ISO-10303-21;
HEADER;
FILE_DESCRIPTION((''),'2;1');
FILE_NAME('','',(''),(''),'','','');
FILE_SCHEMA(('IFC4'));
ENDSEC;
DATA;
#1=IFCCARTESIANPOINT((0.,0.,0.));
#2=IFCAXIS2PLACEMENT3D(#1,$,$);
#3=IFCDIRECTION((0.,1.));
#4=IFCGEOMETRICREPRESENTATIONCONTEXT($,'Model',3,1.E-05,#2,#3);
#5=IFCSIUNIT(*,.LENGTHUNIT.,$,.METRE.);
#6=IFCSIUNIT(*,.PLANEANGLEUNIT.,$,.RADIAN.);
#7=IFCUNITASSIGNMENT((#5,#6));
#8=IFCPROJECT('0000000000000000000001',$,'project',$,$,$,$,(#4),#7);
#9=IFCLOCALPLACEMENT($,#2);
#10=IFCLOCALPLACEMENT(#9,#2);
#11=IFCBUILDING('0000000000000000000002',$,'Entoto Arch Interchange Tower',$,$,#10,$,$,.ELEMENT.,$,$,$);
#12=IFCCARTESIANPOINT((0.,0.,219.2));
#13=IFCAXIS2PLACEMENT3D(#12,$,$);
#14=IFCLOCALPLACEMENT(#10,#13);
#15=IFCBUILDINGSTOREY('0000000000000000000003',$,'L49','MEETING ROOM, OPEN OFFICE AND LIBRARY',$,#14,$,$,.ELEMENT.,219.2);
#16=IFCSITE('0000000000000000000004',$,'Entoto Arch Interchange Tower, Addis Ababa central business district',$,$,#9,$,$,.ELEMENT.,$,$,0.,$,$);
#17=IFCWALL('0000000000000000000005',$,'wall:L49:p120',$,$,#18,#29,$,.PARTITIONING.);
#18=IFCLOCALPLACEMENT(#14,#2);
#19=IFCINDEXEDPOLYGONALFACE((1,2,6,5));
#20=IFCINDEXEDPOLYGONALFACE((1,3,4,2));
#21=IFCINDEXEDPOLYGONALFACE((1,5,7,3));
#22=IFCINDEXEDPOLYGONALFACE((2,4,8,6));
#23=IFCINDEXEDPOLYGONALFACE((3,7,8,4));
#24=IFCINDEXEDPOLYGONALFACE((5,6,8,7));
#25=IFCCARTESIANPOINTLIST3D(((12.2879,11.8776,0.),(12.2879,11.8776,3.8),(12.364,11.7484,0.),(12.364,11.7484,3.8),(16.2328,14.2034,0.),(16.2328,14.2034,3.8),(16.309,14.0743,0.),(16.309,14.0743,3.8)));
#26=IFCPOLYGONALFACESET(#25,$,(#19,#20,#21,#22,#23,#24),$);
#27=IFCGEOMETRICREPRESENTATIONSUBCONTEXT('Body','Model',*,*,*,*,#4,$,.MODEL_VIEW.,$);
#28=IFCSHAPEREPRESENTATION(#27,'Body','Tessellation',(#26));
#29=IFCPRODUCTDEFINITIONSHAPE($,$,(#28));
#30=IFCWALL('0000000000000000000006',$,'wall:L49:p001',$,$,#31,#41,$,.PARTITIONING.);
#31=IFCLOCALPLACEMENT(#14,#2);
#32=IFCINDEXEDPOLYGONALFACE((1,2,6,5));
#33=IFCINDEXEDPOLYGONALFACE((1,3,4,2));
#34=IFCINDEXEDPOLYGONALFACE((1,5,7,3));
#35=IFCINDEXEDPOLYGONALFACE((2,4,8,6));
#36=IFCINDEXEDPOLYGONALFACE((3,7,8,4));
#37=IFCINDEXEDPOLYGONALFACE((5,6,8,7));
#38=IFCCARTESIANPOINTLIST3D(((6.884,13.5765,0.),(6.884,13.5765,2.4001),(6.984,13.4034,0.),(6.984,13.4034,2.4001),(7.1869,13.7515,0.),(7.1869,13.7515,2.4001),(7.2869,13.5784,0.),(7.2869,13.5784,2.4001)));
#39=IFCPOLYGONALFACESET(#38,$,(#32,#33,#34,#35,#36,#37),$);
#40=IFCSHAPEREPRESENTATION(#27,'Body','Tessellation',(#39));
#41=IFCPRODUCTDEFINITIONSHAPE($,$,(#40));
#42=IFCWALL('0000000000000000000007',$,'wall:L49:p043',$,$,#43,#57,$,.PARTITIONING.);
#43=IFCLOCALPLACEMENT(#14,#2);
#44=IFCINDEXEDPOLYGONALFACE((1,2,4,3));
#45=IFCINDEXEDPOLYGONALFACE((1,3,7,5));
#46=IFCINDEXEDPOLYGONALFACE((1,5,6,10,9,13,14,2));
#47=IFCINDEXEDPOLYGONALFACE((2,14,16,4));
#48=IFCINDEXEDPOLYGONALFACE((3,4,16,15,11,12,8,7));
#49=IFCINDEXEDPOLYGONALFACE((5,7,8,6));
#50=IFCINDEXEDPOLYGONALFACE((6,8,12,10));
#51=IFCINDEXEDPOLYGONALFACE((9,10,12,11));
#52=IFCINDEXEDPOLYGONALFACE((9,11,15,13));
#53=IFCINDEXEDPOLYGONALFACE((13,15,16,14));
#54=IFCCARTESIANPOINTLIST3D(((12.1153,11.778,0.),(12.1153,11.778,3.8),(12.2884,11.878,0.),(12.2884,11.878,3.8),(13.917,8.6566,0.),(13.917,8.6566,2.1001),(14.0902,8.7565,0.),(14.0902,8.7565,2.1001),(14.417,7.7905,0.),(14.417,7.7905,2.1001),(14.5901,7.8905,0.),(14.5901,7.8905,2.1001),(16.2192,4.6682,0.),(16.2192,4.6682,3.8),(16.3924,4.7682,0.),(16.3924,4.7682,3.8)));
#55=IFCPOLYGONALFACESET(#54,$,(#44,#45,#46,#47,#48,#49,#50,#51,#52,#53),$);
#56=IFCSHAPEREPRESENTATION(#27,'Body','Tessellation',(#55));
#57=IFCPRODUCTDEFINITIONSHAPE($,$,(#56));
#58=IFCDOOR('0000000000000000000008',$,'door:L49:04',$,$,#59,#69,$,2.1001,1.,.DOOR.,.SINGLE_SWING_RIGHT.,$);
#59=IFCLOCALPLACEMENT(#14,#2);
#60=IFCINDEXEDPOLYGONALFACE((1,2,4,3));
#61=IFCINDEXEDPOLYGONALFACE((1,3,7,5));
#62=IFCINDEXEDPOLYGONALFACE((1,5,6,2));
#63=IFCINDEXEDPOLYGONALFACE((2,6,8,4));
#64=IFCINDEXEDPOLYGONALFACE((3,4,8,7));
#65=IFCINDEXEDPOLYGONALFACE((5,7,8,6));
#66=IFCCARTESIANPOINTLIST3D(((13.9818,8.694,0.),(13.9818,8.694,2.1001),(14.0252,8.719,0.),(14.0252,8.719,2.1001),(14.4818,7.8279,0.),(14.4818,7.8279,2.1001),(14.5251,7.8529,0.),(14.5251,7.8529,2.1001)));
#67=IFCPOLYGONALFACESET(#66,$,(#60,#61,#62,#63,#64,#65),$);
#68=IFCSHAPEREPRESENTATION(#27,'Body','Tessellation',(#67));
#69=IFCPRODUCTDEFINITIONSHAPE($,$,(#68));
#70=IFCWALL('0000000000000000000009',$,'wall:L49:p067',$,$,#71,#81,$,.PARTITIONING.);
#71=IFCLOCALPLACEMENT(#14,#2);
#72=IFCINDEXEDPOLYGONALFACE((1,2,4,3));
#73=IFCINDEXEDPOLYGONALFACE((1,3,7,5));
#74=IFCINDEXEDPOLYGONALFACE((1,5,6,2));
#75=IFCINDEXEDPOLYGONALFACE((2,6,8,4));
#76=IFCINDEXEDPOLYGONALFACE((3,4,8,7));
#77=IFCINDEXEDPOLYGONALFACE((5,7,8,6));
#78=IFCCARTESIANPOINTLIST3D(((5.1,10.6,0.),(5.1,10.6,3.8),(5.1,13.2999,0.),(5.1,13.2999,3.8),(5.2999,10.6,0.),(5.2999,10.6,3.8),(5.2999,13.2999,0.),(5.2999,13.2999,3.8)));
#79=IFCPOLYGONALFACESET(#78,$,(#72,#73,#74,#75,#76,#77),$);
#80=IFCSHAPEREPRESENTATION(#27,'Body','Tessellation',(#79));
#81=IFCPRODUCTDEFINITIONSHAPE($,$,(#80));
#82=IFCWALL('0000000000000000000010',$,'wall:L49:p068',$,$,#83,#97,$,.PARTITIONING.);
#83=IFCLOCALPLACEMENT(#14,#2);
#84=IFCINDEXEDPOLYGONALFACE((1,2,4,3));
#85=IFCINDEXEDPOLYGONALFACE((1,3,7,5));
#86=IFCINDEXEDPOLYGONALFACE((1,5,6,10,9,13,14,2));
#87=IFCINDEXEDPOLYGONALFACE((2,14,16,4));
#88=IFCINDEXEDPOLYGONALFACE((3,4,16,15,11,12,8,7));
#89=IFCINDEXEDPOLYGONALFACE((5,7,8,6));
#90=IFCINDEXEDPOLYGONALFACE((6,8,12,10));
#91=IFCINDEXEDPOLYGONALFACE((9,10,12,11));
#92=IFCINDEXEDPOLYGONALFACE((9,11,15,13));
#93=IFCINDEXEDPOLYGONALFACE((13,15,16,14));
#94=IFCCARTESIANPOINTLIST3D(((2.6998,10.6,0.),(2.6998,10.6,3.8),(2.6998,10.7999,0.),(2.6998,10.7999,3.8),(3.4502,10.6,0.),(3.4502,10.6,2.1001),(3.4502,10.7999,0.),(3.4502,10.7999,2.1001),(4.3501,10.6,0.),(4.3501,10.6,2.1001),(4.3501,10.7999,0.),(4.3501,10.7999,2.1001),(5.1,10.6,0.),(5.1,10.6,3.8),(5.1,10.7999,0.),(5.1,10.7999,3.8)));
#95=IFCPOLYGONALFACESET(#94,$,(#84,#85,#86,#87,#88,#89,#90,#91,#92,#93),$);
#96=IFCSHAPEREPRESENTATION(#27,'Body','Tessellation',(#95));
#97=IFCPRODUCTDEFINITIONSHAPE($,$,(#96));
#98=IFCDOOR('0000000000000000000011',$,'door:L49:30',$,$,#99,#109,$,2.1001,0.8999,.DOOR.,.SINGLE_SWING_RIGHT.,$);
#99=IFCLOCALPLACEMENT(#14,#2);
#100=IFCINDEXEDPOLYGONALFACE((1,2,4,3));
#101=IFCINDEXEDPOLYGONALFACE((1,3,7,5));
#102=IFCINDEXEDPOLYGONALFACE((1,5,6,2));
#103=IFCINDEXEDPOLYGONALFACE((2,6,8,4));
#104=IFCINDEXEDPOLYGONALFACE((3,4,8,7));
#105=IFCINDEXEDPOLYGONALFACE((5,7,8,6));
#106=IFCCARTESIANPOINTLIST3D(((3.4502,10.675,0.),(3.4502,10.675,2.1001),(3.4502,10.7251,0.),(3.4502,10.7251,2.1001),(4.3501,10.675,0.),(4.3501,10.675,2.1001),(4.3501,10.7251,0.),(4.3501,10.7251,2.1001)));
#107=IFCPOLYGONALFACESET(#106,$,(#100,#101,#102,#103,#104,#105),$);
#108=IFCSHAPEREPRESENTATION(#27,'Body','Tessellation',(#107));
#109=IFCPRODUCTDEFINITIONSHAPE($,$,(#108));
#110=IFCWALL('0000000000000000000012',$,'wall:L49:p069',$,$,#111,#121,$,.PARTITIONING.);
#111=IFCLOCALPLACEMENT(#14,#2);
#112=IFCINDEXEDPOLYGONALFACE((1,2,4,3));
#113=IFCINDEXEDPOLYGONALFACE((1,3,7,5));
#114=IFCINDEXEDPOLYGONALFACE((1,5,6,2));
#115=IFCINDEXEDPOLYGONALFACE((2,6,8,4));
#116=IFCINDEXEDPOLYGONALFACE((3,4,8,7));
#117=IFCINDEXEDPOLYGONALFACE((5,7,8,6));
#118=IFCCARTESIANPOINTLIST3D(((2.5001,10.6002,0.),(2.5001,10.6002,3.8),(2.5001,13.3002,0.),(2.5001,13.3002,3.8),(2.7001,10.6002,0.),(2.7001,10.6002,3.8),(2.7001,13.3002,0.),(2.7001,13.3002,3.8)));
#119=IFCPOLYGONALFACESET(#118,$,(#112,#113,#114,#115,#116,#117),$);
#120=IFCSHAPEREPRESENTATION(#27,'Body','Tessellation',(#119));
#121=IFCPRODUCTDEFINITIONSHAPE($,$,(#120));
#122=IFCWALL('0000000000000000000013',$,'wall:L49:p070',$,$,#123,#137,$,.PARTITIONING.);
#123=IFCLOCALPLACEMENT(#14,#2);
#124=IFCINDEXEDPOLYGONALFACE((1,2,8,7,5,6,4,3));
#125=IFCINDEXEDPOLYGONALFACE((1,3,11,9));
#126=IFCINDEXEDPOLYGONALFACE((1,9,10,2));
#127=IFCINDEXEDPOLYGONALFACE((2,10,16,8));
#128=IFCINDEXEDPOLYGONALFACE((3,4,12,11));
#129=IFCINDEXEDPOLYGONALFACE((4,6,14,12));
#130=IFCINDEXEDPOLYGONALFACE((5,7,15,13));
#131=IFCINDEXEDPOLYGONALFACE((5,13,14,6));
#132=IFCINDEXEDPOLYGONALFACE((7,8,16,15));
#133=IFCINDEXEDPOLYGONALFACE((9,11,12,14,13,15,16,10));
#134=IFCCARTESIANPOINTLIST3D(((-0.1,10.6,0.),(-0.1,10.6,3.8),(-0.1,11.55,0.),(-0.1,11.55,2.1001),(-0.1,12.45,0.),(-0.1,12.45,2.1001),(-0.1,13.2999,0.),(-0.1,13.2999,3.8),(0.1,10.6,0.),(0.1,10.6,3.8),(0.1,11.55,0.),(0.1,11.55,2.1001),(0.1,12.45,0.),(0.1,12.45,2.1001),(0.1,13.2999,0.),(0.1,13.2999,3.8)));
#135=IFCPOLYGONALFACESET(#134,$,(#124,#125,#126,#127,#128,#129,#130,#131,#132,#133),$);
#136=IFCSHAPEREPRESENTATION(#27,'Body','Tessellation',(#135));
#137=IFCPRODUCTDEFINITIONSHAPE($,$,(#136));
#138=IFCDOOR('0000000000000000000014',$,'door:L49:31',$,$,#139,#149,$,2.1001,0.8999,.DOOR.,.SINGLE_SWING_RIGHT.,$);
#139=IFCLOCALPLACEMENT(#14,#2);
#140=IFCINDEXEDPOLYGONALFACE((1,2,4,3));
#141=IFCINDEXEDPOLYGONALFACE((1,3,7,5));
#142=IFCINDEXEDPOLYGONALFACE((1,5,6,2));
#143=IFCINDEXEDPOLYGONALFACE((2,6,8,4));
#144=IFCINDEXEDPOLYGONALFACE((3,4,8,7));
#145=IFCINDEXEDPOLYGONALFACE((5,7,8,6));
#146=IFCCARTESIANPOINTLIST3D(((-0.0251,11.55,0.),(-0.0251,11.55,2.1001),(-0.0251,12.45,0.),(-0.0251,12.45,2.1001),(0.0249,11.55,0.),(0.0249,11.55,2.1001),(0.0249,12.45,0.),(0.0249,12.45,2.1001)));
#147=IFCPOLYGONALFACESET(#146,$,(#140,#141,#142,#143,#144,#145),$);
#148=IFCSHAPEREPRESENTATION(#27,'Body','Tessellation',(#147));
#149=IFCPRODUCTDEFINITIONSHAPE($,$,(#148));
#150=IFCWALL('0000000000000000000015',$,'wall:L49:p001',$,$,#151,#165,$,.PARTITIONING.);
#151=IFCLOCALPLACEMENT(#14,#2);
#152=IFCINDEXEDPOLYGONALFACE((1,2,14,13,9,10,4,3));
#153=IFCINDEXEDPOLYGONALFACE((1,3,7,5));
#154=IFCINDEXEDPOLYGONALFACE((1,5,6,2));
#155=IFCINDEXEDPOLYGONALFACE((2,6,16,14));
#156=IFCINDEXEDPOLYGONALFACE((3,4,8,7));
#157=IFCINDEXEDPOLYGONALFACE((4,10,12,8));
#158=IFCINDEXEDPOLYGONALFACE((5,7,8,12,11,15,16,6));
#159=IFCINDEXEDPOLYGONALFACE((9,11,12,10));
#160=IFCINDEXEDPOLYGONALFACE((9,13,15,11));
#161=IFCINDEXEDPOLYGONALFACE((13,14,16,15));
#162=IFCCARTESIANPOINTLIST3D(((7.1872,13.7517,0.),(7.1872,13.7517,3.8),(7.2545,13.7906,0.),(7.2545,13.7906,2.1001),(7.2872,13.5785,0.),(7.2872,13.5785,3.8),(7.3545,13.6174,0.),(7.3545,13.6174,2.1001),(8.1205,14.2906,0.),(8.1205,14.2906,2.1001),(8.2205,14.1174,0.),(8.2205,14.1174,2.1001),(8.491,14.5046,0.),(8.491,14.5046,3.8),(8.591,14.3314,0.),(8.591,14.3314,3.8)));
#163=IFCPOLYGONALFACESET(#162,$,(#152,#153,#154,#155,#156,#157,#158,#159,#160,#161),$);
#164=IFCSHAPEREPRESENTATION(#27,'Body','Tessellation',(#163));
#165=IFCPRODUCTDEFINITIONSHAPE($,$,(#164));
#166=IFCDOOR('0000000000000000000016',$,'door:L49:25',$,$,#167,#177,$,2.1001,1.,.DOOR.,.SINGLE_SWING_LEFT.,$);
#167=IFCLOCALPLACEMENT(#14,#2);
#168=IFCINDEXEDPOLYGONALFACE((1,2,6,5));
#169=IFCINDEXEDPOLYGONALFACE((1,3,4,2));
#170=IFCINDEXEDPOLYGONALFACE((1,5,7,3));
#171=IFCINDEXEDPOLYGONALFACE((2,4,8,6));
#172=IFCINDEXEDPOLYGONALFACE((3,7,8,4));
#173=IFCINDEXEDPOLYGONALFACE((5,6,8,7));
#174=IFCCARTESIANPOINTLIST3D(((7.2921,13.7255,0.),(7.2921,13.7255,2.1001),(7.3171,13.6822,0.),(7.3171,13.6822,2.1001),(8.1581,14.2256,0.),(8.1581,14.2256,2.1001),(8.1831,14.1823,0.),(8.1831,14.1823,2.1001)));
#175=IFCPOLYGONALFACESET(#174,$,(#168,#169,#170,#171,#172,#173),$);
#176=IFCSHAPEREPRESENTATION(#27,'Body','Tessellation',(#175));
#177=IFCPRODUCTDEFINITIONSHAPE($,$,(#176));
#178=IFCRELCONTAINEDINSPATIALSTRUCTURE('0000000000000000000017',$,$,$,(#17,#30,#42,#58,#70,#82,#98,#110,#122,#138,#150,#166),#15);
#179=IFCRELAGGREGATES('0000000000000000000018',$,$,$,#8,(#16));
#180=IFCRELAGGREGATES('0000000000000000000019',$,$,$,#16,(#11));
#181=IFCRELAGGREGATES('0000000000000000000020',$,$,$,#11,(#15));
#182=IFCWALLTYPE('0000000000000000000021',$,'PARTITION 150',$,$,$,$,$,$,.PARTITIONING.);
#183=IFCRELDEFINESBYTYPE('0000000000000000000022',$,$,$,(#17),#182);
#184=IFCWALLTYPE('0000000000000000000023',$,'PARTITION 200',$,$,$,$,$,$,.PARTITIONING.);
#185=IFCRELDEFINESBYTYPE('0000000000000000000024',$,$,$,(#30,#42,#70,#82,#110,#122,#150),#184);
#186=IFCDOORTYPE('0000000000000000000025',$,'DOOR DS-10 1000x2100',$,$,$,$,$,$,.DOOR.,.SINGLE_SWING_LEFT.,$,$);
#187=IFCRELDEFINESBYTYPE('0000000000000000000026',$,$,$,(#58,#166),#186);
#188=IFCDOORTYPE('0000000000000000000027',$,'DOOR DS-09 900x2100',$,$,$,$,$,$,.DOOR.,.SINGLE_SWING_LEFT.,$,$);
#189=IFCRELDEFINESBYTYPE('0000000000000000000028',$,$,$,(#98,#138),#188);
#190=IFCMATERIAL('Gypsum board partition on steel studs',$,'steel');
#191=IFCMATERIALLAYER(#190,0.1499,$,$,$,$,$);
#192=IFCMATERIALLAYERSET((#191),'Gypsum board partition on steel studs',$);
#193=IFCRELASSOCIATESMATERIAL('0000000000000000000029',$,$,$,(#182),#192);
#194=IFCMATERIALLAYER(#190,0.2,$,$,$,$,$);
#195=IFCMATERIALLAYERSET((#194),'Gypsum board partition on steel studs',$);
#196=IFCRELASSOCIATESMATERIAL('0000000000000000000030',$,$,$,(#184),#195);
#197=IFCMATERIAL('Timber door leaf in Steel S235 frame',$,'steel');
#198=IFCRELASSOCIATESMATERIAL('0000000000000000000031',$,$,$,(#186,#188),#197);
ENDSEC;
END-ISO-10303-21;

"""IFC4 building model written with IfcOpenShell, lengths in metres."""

from ifc_helpers import new_model, si_unit, direction, frame, frame_2d, origin, place, context, subcontext, project, spatial, rectangle, extrude, material, layer, layer_set, type_object, element, fill, save


model = new_model("IFC4")

# Units and contexts
model_context = context("Model", 3, precision=1e-05, world=origin(), true_north=direction((0.0, 1.0)))
body_context = subcontext(model_context, "Body", "Model", "MODEL_VIEW")
ifc_project = project(units=[si_unit("LENGTHUNIT", "METRE"), si_unit("PLANEANGLEUNIT", "RADIAN")], contexts=[model_context])

# Site, building, storey
site_placement = place(None, origin())
site = spatial("IfcSite", under=ifc_project, at=site_placement, Name="Entoto Arch Interchange Tower, Addis Ababa central business district", CompositionType="ELEMENT", RefElevation=0.0)
building_placement = place(site_placement, origin())
building = spatial("IfcBuilding", under=site, at=building_placement, Name="Entoto Arch Interchange Tower", CompositionType="ELEMENT")
storey_placement = place(building_placement, frame((0.0, 0.0, 219.2)))
storey = spatial("IfcBuildingStorey", under=building, at=storey_placement, Name="L49", Description="MEETING ROOM, OPEN OFFICE AND LIBRARY", CompositionType="ELEMENT", Elevation=219.2)

# Walls
ifc_material_1 = material(Name="Gypsum board partition on steel studs", Category="steel")
ifc_layer_1 = layer(ifc_material_1, 0.1499)
ifc_layer_set_1 = layer_set([ifc_layer_1], Name="Gypsum board partition on steel studs")
wall_type_1 = type_object("IfcWallType", Name="PARTITION 150", PredefinedType="PARTITIONING", material=ifc_layer_set_1)
wall_1_placement = place(storey_placement, frame((12.3259, 11.813, 0.0), z_axis=(0.0, 0.0, 1.0), x_axis=(0.861428, 0.50788, 0.0)))
element("IfcWall", 1, at=wall_1_placement, inside=storey, type_object=wall_type_1, Name="wall:L49:p120", PredefinedType="PARTITIONING", context=body_context, shape_type="SweptSolid", body=[
    extrude(rectangle(XDim=4.5796, YDim=0.1499, at=frame_2d((2.2898, 0.0))), origin(), (0.0, 0.0, 1.0), 3.8),
])
ifc_layer_2 = layer(ifc_material_1, 0.2)
ifc_layer_set_2 = layer_set([ifc_layer_2], Name="Gypsum board partition on steel studs")
wall_type_2 = type_object("IfcWallType", Name="PARTITION 200", PredefinedType="PARTITIONING", material=ifc_layer_set_2)
wall_2_placement = place(storey_placement, frame((6.9341, 13.49, 0.0), z_axis=(0.0, 0.0, 1.0), x_axis=(0.865872, 0.500266, 0.0)))
element("IfcWall", 2, at=wall_2_placement, inside=storey, type_object=wall_type_2, Name="wall:L49:p001", PredefinedType="PARTITIONING", context=body_context, shape_type="SweptSolid", body=[
    extrude(rectangle(XDim=0.3499, YDim=0.2, at=frame_2d((0.1748, 0.0))), origin(), (0.0, 0.0, 1.0), 2.4001),
])

# Wall, opening, door
wall_3_placement = place(storey_placement, frame((12.2019, 11.8279, 0.0), z_axis=(0.0, 0.0, 1.0), x_axis=(0.49992, -0.866072, 0.0)))
wall_3 = element("IfcWall", 3, at=wall_3_placement, inside=storey, type_object=wall_type_2, Name="wall:L49:p043", PredefinedType="PARTITIONING", context=body_context, shape_type="SweptSolid", body=[
    extrude(rectangle(XDim=8.2092, YDim=0.2, at=frame_2d((4.1045, 0.0))), origin(), (0.0, 0.0, 1.0), 3.8),
])
opening_1_placement = place(wall_3_placement, frame((3.604, 0.0, 0.0)))
opening_1 = element("IfcOpeningElement", 4, at=opening_1_placement, cuts=wall_3, PredefinedType="OPENING", context=body_context, shape_type="SweptSolid", body=[
    extrude(rectangle(XDim=1.0, YDim=2.1001, at=frame_2d((0.5, 1.05))), frame((0.0, 0.1099, 0.0), z_axis=(0.0, -1.0, 0.0), x_axis=(1.0, 0.0, 0.0)), (0.0, 0.0, 1.0), 0.22),
])
ifc_material_2 = material(Name="Timber door leaf in Steel S235 frame", Category="steel")
door_type_1 = type_object("IfcDoorType", Name="DOOR DS-10 1000x2100", OperationType="SINGLE_SWING_LEFT", PredefinedType="DOOR", material=ifc_material_2)
door_1_placement = place(opening_1_placement, origin())
door_1 = element("IfcDoor", 5, at=door_1_placement, inside=storey, type_object=door_type_1, Name="door:L49:04", OperationType="SINGLE_SWING_RIGHT", OverallHeight=2.1001, OverallWidth=1.0, PredefinedType="DOOR", context=body_context, shape_type="SweptSolid", body=[
    extrude(rectangle(XDim=1.0, YDim=2.1001, at=frame_2d((0.5, 1.05))), frame((0.0, 0.0249, 0.0), z_axis=(0.0, -1.0, 0.0), x_axis=(1.0, 0.0, 0.0)), (0.0, 0.0, 1.0), 0.05),
])
fill(opening_1, door_1)

# Wall
wall_4_placement = place(storey_placement, frame((5.2, 13.3, 0.0), z_axis=(0.0, 0.0, 1.0), x_axis=(0.0, -1.0, 0.0)))
element("IfcWall", 6, at=wall_4_placement, inside=storey, type_object=wall_type_2, Name="wall:L49:p067", PredefinedType="PARTITIONING", context=body_context, shape_type="SweptSolid", body=[
    extrude(rectangle(XDim=2.7, YDim=0.2, at=frame_2d((1.3501, 0.0))), origin(), (0.0, 0.0, 1.0), 3.8),
])

# Wall, opening, door
wall_5_placement = place(storey_placement, frame((5.1001, 10.7, 0.0), z_axis=(0.0, 0.0, 1.0), x_axis=(-1.0, 0.0, 0.0)))
wall_5 = element("IfcWall", 7, at=wall_5_placement, inside=storey, type_object=wall_type_2, Name="wall:L49:p068", PredefinedType="PARTITIONING", context=body_context, shape_type="SweptSolid", body=[
    extrude(rectangle(XDim=2.4001, YDim=0.2, at=frame_2d((1.2002, 0.0))), origin(), (0.0, 0.0, 1.0), 3.8),
])
opening_2_placement = place(wall_5_placement, frame((0.75, 0.0, 0.0)))
opening_2 = element("IfcOpeningElement", 8, at=opening_2_placement, cuts=wall_5, PredefinedType="OPENING", context=body_context, shape_type="SweptSolid", body=[
    extrude(rectangle(XDim=0.8999, YDim=2.1001, at=frame_2d((0.45, 1.05))), frame((0.0, 0.1099, 0.0), z_axis=(0.0, -1.0, 0.0), x_axis=(1.0, 0.0, 0.0)), (0.0, 0.0, 1.0), 0.22),
])
door_type_2 = type_object("IfcDoorType", Name="DOOR DS-09 900x2100", OperationType="SINGLE_SWING_LEFT", PredefinedType="DOOR", material=ifc_material_2)
door_2_placement = place(opening_2_placement, origin())
door_2 = element("IfcDoor", 9, at=door_2_placement, inside=storey, type_object=door_type_2, Name="door:L49:30", OperationType="SINGLE_SWING_RIGHT", OverallHeight=2.1001, OverallWidth=0.8999, PredefinedType="DOOR", context=body_context, shape_type="SweptSolid", body=[
    extrude(rectangle(XDim=0.8999, YDim=2.1001, at=frame_2d((0.45, 1.05))), frame((0.0, 0.0249, 0.0), z_axis=(0.0, -1.0, 0.0), x_axis=(1.0, 0.0, 0.0)), (0.0, 0.0, 1.0), 0.05),
])
fill(opening_2, door_2)

# Wall
wall_6_placement = place(storey_placement, frame((2.6001, 10.6001, 0.0), z_axis=(0.0, 0.0, 1.0), x_axis=(0.0, 1.0, 0.0)))
element("IfcWall", 10, at=wall_6_placement, inside=storey, type_object=wall_type_2, Name="wall:L49:p069", PredefinedType="PARTITIONING", context=body_context, shape_type="SweptSolid", body=[
    extrude(rectangle(XDim=2.7, YDim=0.2, at=frame_2d((1.3501, 0.0))), origin(), (0.0, 0.0, 1.0), 3.8),
])

# Walls, openings, doors
wall_7_placement = place(storey_placement, frame((0.0, 13.3, 0.0), z_axis=(0.0, 0.0, 1.0), x_axis=(0.0, -1.0, 0.0)))
wall_7 = element("IfcWall", 11, at=wall_7_placement, inside=storey, type_object=wall_type_2, Name="wall:L49:p070", PredefinedType="PARTITIONING", context=body_context, shape_type="SweptSolid", body=[
    extrude(rectangle(XDim=2.7, YDim=0.2, at=frame_2d((1.3501, 0.0))), origin(), (0.0, 0.0, 1.0), 3.8),
])
opening_3_placement = place(wall_7_placement, frame((0.8501, 0.0, 0.0)))
opening_3 = element("IfcOpeningElement", 12, at=opening_3_placement, cuts=wall_7, PredefinedType="OPENING", context=body_context, shape_type="SweptSolid", body=[
    extrude(rectangle(XDim=0.8999, YDim=2.1001, at=frame_2d((0.45, 1.05))), frame((0.0, 0.1099, 0.0), z_axis=(0.0, -1.0, 0.0), x_axis=(1.0, 0.0, 0.0)), (0.0, 0.0, 1.0), 0.22),
])
door_3_placement = place(opening_3_placement, origin())
door_3 = element("IfcDoor", 13, at=door_3_placement, inside=storey, type_object=door_type_2, Name="door:L49:31", OperationType="SINGLE_SWING_RIGHT", OverallHeight=2.1001, OverallWidth=0.8999, PredefinedType="DOOR", context=body_context, shape_type="SweptSolid", body=[
    extrude(rectangle(XDim=0.8999, YDim=2.1001, at=frame_2d((0.45, 1.05))), frame((0.0, 0.0249, 0.0), z_axis=(0.0, -1.0, 0.0), x_axis=(1.0, 0.0, 0.0)), (0.0, 0.0, 1.0), 0.05),
])
fill(opening_3, door_3)
wall_8_placement = place(storey_placement, frame((7.2371, 13.665, 0.0), z_axis=(0.0, 0.0, 1.0), x_axis=(0.865999, 0.500045, 0.0)))
wall_8 = element("IfcWall", 14, at=wall_8_placement, inside=storey, type_object=wall_type_2, Name="wall:L49:p001", PredefinedType="PARTITIONING", context=body_context, shape_type="SweptSolid", body=[
    extrude(rectangle(XDim=1.5056, YDim=0.2, at=frame_2d((0.7529, 0.0))), origin(), (0.0, 0.0, 1.0), 3.8),
])
opening_4_placement = place(wall_8_placement, frame((0.0779, 0.0, 0.0)))
opening_4 = element("IfcOpeningElement", 15, at=opening_4_placement, cuts=wall_8, PredefinedType="OPENING", context=body_context, shape_type="SweptSolid", body=[
    extrude(rectangle(XDim=1.0, YDim=2.1001, at=frame_2d((0.5, 1.05))), frame((0.0, 0.1099, 0.0), z_axis=(0.0, -1.0, 0.0), x_axis=(1.0, 0.0, 0.0)), (0.0, 0.0, 1.0), 0.22),
])
door_4_placement = place(opening_4_placement, origin())
door_4 = element("IfcDoor", 16, at=door_4_placement, inside=storey, type_object=door_type_1, Name="door:L49:25", OperationType="SINGLE_SWING_LEFT", OverallHeight=2.1001, OverallWidth=1.0, PredefinedType="DOOR", context=body_context, shape_type="SweptSolid", body=[
    extrude(rectangle(XDim=1.0, YDim=2.1001, at=frame_2d((0.5, 1.05))), frame((0.0, 0.0249, 0.0), z_axis=(0.0, -1.0, 0.0), x_axis=(1.0, 0.0, 0.0)), (0.0, 0.0, 1.0), 0.05),
])
fill(opening_4, door_4)

save(model, "model.ifc")
